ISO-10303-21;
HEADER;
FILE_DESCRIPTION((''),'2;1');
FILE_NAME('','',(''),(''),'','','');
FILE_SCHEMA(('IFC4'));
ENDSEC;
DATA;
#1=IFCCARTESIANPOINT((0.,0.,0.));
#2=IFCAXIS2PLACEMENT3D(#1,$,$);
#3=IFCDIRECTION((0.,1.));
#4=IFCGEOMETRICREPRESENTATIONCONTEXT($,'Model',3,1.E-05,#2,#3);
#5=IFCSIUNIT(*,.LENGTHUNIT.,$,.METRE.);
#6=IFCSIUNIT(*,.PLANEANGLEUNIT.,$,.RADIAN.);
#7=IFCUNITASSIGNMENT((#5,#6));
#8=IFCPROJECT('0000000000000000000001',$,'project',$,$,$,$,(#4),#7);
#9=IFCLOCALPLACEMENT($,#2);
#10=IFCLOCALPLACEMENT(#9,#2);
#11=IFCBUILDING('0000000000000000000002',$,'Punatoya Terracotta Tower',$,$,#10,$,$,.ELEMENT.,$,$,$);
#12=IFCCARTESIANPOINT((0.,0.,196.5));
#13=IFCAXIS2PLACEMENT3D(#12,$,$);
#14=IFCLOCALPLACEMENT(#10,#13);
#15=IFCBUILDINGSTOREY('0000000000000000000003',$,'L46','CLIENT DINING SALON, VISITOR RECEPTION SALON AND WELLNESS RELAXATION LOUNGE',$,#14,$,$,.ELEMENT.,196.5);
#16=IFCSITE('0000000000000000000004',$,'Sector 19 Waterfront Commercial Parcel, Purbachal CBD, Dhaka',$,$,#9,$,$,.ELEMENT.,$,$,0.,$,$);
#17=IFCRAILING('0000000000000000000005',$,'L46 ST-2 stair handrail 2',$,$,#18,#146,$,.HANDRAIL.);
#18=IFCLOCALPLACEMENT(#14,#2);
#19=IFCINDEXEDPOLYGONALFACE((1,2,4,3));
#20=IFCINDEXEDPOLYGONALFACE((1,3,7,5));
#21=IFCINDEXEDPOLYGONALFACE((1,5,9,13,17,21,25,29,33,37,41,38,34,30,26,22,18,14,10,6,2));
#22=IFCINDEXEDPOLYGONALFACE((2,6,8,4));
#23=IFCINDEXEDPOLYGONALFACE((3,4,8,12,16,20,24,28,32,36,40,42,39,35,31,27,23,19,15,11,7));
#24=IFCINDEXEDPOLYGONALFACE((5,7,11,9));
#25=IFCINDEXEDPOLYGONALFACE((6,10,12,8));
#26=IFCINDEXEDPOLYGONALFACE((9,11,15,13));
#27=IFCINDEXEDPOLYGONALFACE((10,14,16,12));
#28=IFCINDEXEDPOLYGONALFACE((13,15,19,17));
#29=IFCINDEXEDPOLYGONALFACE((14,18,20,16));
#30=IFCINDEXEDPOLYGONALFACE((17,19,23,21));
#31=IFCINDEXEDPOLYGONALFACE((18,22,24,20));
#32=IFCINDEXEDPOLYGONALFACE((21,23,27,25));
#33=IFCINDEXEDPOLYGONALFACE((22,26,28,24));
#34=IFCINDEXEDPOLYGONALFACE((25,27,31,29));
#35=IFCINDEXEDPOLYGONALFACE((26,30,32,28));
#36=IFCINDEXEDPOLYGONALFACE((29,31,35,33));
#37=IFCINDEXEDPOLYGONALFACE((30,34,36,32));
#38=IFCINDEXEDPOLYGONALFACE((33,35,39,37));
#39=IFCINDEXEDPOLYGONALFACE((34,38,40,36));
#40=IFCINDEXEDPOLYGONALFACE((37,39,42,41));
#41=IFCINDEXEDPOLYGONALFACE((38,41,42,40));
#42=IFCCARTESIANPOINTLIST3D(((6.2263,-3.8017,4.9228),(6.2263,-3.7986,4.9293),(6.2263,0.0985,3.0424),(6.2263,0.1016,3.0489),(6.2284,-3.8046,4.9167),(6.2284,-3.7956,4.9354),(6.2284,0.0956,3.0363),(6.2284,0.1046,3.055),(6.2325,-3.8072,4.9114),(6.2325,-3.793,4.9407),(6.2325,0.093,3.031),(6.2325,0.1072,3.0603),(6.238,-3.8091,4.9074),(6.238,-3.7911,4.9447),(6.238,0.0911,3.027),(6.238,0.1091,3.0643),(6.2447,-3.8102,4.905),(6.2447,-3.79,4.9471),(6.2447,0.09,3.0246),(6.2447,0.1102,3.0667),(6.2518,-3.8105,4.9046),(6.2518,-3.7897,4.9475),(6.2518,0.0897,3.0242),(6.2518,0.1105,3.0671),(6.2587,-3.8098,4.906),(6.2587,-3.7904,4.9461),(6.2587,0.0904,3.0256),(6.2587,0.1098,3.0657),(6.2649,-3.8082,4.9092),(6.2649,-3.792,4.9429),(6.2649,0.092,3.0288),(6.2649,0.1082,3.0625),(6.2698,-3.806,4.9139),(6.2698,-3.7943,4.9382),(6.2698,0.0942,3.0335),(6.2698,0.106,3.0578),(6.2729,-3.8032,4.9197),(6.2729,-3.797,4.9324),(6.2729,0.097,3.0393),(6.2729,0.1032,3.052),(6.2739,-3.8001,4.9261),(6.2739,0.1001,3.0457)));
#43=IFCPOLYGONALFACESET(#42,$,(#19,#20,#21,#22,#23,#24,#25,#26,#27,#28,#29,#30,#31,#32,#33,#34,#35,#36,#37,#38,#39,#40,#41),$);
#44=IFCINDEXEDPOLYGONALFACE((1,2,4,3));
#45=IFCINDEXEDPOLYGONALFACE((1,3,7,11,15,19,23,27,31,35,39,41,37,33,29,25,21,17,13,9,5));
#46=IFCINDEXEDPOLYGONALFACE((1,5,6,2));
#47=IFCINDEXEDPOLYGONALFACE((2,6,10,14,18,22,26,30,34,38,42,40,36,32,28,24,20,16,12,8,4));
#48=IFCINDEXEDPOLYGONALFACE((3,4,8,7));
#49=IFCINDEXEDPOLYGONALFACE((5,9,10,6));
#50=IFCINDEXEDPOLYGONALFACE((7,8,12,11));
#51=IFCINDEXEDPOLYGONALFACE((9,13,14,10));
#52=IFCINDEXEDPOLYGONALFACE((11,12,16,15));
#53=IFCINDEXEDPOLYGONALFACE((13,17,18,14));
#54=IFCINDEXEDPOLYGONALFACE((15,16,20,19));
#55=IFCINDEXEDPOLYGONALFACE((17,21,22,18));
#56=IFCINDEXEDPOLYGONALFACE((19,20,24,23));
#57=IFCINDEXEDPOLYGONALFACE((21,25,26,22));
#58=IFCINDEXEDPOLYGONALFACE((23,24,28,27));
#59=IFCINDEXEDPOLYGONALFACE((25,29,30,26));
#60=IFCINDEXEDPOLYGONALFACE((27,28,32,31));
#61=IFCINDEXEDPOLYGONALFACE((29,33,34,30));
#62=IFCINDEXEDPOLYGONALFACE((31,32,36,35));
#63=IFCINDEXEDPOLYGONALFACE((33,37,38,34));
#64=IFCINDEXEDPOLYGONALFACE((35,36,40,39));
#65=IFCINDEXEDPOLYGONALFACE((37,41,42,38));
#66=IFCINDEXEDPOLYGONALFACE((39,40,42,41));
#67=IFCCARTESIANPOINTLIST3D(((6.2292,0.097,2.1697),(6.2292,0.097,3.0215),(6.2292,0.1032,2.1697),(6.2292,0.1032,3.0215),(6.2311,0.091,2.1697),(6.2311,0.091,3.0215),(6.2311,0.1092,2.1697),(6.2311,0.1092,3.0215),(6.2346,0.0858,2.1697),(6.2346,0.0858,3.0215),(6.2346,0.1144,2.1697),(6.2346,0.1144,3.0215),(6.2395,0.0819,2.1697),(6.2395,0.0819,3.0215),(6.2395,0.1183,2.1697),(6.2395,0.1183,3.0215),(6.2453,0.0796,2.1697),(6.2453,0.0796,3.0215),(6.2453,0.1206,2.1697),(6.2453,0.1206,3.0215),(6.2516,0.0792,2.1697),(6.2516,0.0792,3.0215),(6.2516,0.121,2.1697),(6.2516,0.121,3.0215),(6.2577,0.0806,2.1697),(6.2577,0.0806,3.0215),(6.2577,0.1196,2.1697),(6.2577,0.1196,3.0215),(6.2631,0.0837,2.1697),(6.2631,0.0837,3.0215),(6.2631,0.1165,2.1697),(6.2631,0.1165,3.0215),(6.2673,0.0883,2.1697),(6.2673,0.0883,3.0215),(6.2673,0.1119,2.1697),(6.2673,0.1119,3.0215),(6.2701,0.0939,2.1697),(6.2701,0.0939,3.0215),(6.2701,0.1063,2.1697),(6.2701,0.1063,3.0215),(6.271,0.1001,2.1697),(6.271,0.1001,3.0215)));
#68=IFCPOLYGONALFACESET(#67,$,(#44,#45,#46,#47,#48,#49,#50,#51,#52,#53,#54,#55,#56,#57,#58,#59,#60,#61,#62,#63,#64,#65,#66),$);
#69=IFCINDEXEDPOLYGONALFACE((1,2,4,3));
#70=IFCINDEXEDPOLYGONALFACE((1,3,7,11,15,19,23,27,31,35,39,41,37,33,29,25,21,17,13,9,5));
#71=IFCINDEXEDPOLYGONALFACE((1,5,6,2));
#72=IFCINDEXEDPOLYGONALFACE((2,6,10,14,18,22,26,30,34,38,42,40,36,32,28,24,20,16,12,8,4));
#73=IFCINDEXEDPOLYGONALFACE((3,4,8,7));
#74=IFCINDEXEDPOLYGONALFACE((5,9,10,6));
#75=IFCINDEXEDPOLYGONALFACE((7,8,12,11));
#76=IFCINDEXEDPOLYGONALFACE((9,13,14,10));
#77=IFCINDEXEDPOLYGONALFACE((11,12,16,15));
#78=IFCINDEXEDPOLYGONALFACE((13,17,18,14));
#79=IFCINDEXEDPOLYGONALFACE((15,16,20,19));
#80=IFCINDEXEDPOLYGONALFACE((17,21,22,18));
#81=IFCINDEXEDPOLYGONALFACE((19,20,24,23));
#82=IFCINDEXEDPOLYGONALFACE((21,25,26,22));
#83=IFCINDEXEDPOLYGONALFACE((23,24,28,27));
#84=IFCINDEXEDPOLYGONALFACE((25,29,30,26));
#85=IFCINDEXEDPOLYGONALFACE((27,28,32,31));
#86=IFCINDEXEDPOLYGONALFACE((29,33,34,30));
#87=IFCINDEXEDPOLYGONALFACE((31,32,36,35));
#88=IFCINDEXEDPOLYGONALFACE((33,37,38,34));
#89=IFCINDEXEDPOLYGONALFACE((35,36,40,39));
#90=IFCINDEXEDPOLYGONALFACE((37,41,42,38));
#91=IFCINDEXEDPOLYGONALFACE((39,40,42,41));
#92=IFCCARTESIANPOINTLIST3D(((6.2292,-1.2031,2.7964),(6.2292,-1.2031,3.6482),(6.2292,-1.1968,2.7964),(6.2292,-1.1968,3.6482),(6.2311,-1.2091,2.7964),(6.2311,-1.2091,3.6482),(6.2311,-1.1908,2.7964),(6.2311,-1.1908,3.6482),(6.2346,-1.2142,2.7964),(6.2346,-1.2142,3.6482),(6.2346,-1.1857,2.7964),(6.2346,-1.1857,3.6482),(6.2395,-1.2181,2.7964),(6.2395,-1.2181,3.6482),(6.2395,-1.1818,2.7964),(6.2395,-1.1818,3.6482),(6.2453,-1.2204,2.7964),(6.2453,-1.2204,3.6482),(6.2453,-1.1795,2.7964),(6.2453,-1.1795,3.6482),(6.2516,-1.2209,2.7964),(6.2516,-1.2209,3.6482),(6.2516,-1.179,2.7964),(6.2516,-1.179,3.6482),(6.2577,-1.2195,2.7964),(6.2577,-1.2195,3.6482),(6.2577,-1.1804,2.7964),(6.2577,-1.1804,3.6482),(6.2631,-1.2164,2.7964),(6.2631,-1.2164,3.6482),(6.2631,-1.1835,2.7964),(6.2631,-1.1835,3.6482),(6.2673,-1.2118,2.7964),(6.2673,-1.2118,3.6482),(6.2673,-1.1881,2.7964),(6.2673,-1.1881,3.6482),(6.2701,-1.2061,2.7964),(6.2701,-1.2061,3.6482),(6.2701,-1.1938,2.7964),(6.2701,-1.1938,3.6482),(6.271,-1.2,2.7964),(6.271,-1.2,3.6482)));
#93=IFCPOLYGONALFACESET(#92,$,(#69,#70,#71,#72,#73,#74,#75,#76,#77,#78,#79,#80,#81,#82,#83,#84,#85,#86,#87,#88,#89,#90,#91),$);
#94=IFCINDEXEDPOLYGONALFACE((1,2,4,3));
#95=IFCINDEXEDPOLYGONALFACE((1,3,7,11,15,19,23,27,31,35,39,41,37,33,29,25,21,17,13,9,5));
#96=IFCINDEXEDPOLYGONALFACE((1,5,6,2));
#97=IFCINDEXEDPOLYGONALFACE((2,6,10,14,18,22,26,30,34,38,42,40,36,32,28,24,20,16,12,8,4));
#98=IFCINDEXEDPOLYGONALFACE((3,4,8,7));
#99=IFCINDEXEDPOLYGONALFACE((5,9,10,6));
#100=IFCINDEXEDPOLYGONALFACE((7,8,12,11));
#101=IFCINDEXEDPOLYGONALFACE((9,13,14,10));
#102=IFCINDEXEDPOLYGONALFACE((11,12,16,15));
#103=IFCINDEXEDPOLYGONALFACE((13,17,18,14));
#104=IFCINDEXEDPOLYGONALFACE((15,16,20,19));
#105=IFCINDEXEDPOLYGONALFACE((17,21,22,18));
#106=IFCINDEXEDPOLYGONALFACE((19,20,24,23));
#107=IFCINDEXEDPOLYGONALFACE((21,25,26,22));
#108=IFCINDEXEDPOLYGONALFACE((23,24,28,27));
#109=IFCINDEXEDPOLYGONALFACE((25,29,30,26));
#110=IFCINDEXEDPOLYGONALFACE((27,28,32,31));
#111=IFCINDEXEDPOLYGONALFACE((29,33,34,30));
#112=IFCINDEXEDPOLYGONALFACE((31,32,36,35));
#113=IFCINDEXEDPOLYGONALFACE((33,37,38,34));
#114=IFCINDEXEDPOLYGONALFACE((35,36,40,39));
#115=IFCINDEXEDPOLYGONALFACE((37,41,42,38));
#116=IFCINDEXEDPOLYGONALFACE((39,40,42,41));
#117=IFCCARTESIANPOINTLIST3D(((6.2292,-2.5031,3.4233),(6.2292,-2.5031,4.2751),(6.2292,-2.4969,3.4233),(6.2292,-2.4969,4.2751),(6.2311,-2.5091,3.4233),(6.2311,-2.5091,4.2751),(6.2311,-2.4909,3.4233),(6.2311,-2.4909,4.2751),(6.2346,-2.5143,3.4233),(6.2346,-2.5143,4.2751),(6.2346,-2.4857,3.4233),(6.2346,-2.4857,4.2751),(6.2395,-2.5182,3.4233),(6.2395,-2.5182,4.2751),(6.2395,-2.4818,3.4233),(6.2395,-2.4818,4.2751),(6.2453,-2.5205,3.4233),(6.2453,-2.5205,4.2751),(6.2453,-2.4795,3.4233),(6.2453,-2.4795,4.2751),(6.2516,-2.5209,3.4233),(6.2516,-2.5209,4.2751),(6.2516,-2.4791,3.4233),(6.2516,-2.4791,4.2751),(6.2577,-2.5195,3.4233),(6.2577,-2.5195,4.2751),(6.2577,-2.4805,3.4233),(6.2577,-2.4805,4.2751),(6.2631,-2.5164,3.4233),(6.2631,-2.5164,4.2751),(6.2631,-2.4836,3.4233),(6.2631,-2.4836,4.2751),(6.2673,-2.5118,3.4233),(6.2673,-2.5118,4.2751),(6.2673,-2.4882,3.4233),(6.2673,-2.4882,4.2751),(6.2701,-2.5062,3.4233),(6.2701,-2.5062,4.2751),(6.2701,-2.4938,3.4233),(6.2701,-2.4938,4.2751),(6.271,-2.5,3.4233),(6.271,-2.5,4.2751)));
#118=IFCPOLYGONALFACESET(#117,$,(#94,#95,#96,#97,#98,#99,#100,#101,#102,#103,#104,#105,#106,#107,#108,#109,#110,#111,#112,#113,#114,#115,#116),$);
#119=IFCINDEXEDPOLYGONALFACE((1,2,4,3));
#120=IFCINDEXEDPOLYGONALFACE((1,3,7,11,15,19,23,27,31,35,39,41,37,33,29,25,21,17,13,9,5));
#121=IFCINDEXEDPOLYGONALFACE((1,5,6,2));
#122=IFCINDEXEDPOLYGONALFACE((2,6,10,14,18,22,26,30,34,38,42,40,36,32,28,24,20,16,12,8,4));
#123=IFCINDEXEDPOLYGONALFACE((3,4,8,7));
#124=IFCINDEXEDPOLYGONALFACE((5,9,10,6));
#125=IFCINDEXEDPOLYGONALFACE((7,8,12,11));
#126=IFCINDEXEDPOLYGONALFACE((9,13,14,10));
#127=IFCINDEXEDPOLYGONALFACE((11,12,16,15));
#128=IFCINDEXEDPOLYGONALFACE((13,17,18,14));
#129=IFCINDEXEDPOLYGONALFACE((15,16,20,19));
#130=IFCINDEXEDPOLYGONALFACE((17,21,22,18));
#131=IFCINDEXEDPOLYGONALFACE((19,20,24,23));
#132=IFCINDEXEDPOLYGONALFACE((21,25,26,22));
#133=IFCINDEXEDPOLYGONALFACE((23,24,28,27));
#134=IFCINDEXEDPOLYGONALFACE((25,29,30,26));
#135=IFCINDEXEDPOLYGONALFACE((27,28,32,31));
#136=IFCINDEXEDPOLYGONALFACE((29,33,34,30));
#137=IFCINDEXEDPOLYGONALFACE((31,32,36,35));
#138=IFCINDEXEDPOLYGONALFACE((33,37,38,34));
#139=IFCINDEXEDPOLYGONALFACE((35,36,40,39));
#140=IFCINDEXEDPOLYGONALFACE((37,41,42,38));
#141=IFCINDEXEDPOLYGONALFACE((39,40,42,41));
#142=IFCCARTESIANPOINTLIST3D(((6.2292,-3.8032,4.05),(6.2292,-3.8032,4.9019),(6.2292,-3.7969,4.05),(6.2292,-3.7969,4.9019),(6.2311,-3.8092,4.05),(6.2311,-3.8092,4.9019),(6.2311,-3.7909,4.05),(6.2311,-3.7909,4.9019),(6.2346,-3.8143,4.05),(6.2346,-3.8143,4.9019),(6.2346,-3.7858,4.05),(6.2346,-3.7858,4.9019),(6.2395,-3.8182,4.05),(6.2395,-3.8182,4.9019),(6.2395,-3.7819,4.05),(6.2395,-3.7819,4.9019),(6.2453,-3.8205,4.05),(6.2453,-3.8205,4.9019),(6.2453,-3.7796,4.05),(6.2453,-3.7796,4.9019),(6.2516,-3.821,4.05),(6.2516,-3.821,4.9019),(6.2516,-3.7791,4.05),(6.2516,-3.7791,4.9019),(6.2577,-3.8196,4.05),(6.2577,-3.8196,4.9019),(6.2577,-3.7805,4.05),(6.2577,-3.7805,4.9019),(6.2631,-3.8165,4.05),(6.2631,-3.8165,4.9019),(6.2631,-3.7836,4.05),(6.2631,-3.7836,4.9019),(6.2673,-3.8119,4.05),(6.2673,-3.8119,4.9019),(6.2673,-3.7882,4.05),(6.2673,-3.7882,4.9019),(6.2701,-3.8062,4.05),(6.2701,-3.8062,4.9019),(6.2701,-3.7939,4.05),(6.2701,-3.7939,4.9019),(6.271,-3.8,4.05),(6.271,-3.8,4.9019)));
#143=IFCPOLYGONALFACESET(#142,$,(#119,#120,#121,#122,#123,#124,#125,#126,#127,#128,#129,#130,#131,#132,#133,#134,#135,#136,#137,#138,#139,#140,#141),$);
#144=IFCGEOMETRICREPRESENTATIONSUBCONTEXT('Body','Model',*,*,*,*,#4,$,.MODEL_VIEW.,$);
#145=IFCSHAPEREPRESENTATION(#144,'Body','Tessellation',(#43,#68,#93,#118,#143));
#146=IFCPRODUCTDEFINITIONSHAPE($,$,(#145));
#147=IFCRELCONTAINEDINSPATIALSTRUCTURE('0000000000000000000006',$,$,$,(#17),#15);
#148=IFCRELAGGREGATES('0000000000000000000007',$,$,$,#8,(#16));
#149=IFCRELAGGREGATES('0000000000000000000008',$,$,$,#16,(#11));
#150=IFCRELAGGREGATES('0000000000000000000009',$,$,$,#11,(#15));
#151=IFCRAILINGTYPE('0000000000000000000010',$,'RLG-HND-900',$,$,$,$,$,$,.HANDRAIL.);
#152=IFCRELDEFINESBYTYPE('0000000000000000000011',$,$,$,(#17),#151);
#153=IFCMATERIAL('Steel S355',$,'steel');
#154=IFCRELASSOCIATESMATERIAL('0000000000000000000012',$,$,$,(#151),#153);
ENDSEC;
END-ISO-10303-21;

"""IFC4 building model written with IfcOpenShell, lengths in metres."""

from ifc_helpers import new_model, si_unit, direction, frame, origin, origin_2d, place, context, subcontext, project, spatial, circle, extrude, material, type_object, element, save


model = new_model("IFC4")

# Units and contexts
model_context = context("Model", 3, precision=1e-05, world=origin(), true_north=direction((0.0, 1.0)))
body_context = subcontext(model_context, "Body", "Model", "MODEL_VIEW")
ifc_project = project(units=[si_unit("LENGTHUNIT", "METRE"), si_unit("PLANEANGLEUNIT", "RADIAN")], contexts=[model_context])

# Site, building, storey
site_placement = place(None, origin())
site = spatial("IfcSite", under=ifc_project, at=site_placement, Name="Sector 19 Waterfront Commercial Parcel, Purbachal CBD, Dhaka", CompositionType="ELEMENT", RefElevation=0.0)
building_placement = place(site_placement, origin())
building = spatial("IfcBuilding", under=site, at=building_placement, Name="Punatoya Terracotta Tower", CompositionType="ELEMENT")
storey_placement = place(building_placement, frame((0.0, 0.0, 196.5)))
storey = spatial("IfcBuildingStorey", under=building, at=storey_placement, Name="L46", Description="CLIENT DINING SALON, VISITOR RECEPTION SALON AND WELLNESS RELAXATION LOUNGE", CompositionType="ELEMENT", Elevation=196.5)

# Shared definitions
ifc_material_1 = material(Name="Steel S355", Category="steel")

# Railing
railing_type_1 = type_object("IfcRailingType", Name="RLG-HND-900", PredefinedType="HANDRAIL", material=ifc_material_1)
railing_1_placement = place(storey_placement, frame((6.25, 0.1001, 2.1697)))
element("IfcRailing", 1, at=railing_1_placement, inside=storey, type_object=railing_type_1, Name="L46 ST-2 stair handrail 2", PredefinedType="HANDRAIL", context=body_context, shape_type="SweptSolid", body=[
    extrude(circle(Radius=0.0239, at=origin_2d()), frame((0.0, 0.0, 0.876), z_axis=(0.0, -0.900774, 0.434289), x_axis=(1.0, 0.0, 0.0)), (0.0, 0.0, 1.0), 4.3298),
    extrude(circle(Radius=0.021, at=origin_2d()), origin(), (0.0, 0.0, 1.0), 0.8518),
    extrude(circle(Radius=0.021, at=origin_2d()), frame((0.0, -1.3, 0.6267)), (0.0, 0.0, 1.0), 0.8518),
    extrude(circle(Radius=0.021, at=origin_2d()), frame((0.0, -2.6001, 1.2537)), (0.0, 0.0, 1.0), 0.8518),
    extrude(circle(Radius=0.021, at=origin_2d()), frame((0.0, -3.9001, 1.8804)), (0.0, 0.0, 1.0), 0.8518),
])

save(model, "model.ifc")
